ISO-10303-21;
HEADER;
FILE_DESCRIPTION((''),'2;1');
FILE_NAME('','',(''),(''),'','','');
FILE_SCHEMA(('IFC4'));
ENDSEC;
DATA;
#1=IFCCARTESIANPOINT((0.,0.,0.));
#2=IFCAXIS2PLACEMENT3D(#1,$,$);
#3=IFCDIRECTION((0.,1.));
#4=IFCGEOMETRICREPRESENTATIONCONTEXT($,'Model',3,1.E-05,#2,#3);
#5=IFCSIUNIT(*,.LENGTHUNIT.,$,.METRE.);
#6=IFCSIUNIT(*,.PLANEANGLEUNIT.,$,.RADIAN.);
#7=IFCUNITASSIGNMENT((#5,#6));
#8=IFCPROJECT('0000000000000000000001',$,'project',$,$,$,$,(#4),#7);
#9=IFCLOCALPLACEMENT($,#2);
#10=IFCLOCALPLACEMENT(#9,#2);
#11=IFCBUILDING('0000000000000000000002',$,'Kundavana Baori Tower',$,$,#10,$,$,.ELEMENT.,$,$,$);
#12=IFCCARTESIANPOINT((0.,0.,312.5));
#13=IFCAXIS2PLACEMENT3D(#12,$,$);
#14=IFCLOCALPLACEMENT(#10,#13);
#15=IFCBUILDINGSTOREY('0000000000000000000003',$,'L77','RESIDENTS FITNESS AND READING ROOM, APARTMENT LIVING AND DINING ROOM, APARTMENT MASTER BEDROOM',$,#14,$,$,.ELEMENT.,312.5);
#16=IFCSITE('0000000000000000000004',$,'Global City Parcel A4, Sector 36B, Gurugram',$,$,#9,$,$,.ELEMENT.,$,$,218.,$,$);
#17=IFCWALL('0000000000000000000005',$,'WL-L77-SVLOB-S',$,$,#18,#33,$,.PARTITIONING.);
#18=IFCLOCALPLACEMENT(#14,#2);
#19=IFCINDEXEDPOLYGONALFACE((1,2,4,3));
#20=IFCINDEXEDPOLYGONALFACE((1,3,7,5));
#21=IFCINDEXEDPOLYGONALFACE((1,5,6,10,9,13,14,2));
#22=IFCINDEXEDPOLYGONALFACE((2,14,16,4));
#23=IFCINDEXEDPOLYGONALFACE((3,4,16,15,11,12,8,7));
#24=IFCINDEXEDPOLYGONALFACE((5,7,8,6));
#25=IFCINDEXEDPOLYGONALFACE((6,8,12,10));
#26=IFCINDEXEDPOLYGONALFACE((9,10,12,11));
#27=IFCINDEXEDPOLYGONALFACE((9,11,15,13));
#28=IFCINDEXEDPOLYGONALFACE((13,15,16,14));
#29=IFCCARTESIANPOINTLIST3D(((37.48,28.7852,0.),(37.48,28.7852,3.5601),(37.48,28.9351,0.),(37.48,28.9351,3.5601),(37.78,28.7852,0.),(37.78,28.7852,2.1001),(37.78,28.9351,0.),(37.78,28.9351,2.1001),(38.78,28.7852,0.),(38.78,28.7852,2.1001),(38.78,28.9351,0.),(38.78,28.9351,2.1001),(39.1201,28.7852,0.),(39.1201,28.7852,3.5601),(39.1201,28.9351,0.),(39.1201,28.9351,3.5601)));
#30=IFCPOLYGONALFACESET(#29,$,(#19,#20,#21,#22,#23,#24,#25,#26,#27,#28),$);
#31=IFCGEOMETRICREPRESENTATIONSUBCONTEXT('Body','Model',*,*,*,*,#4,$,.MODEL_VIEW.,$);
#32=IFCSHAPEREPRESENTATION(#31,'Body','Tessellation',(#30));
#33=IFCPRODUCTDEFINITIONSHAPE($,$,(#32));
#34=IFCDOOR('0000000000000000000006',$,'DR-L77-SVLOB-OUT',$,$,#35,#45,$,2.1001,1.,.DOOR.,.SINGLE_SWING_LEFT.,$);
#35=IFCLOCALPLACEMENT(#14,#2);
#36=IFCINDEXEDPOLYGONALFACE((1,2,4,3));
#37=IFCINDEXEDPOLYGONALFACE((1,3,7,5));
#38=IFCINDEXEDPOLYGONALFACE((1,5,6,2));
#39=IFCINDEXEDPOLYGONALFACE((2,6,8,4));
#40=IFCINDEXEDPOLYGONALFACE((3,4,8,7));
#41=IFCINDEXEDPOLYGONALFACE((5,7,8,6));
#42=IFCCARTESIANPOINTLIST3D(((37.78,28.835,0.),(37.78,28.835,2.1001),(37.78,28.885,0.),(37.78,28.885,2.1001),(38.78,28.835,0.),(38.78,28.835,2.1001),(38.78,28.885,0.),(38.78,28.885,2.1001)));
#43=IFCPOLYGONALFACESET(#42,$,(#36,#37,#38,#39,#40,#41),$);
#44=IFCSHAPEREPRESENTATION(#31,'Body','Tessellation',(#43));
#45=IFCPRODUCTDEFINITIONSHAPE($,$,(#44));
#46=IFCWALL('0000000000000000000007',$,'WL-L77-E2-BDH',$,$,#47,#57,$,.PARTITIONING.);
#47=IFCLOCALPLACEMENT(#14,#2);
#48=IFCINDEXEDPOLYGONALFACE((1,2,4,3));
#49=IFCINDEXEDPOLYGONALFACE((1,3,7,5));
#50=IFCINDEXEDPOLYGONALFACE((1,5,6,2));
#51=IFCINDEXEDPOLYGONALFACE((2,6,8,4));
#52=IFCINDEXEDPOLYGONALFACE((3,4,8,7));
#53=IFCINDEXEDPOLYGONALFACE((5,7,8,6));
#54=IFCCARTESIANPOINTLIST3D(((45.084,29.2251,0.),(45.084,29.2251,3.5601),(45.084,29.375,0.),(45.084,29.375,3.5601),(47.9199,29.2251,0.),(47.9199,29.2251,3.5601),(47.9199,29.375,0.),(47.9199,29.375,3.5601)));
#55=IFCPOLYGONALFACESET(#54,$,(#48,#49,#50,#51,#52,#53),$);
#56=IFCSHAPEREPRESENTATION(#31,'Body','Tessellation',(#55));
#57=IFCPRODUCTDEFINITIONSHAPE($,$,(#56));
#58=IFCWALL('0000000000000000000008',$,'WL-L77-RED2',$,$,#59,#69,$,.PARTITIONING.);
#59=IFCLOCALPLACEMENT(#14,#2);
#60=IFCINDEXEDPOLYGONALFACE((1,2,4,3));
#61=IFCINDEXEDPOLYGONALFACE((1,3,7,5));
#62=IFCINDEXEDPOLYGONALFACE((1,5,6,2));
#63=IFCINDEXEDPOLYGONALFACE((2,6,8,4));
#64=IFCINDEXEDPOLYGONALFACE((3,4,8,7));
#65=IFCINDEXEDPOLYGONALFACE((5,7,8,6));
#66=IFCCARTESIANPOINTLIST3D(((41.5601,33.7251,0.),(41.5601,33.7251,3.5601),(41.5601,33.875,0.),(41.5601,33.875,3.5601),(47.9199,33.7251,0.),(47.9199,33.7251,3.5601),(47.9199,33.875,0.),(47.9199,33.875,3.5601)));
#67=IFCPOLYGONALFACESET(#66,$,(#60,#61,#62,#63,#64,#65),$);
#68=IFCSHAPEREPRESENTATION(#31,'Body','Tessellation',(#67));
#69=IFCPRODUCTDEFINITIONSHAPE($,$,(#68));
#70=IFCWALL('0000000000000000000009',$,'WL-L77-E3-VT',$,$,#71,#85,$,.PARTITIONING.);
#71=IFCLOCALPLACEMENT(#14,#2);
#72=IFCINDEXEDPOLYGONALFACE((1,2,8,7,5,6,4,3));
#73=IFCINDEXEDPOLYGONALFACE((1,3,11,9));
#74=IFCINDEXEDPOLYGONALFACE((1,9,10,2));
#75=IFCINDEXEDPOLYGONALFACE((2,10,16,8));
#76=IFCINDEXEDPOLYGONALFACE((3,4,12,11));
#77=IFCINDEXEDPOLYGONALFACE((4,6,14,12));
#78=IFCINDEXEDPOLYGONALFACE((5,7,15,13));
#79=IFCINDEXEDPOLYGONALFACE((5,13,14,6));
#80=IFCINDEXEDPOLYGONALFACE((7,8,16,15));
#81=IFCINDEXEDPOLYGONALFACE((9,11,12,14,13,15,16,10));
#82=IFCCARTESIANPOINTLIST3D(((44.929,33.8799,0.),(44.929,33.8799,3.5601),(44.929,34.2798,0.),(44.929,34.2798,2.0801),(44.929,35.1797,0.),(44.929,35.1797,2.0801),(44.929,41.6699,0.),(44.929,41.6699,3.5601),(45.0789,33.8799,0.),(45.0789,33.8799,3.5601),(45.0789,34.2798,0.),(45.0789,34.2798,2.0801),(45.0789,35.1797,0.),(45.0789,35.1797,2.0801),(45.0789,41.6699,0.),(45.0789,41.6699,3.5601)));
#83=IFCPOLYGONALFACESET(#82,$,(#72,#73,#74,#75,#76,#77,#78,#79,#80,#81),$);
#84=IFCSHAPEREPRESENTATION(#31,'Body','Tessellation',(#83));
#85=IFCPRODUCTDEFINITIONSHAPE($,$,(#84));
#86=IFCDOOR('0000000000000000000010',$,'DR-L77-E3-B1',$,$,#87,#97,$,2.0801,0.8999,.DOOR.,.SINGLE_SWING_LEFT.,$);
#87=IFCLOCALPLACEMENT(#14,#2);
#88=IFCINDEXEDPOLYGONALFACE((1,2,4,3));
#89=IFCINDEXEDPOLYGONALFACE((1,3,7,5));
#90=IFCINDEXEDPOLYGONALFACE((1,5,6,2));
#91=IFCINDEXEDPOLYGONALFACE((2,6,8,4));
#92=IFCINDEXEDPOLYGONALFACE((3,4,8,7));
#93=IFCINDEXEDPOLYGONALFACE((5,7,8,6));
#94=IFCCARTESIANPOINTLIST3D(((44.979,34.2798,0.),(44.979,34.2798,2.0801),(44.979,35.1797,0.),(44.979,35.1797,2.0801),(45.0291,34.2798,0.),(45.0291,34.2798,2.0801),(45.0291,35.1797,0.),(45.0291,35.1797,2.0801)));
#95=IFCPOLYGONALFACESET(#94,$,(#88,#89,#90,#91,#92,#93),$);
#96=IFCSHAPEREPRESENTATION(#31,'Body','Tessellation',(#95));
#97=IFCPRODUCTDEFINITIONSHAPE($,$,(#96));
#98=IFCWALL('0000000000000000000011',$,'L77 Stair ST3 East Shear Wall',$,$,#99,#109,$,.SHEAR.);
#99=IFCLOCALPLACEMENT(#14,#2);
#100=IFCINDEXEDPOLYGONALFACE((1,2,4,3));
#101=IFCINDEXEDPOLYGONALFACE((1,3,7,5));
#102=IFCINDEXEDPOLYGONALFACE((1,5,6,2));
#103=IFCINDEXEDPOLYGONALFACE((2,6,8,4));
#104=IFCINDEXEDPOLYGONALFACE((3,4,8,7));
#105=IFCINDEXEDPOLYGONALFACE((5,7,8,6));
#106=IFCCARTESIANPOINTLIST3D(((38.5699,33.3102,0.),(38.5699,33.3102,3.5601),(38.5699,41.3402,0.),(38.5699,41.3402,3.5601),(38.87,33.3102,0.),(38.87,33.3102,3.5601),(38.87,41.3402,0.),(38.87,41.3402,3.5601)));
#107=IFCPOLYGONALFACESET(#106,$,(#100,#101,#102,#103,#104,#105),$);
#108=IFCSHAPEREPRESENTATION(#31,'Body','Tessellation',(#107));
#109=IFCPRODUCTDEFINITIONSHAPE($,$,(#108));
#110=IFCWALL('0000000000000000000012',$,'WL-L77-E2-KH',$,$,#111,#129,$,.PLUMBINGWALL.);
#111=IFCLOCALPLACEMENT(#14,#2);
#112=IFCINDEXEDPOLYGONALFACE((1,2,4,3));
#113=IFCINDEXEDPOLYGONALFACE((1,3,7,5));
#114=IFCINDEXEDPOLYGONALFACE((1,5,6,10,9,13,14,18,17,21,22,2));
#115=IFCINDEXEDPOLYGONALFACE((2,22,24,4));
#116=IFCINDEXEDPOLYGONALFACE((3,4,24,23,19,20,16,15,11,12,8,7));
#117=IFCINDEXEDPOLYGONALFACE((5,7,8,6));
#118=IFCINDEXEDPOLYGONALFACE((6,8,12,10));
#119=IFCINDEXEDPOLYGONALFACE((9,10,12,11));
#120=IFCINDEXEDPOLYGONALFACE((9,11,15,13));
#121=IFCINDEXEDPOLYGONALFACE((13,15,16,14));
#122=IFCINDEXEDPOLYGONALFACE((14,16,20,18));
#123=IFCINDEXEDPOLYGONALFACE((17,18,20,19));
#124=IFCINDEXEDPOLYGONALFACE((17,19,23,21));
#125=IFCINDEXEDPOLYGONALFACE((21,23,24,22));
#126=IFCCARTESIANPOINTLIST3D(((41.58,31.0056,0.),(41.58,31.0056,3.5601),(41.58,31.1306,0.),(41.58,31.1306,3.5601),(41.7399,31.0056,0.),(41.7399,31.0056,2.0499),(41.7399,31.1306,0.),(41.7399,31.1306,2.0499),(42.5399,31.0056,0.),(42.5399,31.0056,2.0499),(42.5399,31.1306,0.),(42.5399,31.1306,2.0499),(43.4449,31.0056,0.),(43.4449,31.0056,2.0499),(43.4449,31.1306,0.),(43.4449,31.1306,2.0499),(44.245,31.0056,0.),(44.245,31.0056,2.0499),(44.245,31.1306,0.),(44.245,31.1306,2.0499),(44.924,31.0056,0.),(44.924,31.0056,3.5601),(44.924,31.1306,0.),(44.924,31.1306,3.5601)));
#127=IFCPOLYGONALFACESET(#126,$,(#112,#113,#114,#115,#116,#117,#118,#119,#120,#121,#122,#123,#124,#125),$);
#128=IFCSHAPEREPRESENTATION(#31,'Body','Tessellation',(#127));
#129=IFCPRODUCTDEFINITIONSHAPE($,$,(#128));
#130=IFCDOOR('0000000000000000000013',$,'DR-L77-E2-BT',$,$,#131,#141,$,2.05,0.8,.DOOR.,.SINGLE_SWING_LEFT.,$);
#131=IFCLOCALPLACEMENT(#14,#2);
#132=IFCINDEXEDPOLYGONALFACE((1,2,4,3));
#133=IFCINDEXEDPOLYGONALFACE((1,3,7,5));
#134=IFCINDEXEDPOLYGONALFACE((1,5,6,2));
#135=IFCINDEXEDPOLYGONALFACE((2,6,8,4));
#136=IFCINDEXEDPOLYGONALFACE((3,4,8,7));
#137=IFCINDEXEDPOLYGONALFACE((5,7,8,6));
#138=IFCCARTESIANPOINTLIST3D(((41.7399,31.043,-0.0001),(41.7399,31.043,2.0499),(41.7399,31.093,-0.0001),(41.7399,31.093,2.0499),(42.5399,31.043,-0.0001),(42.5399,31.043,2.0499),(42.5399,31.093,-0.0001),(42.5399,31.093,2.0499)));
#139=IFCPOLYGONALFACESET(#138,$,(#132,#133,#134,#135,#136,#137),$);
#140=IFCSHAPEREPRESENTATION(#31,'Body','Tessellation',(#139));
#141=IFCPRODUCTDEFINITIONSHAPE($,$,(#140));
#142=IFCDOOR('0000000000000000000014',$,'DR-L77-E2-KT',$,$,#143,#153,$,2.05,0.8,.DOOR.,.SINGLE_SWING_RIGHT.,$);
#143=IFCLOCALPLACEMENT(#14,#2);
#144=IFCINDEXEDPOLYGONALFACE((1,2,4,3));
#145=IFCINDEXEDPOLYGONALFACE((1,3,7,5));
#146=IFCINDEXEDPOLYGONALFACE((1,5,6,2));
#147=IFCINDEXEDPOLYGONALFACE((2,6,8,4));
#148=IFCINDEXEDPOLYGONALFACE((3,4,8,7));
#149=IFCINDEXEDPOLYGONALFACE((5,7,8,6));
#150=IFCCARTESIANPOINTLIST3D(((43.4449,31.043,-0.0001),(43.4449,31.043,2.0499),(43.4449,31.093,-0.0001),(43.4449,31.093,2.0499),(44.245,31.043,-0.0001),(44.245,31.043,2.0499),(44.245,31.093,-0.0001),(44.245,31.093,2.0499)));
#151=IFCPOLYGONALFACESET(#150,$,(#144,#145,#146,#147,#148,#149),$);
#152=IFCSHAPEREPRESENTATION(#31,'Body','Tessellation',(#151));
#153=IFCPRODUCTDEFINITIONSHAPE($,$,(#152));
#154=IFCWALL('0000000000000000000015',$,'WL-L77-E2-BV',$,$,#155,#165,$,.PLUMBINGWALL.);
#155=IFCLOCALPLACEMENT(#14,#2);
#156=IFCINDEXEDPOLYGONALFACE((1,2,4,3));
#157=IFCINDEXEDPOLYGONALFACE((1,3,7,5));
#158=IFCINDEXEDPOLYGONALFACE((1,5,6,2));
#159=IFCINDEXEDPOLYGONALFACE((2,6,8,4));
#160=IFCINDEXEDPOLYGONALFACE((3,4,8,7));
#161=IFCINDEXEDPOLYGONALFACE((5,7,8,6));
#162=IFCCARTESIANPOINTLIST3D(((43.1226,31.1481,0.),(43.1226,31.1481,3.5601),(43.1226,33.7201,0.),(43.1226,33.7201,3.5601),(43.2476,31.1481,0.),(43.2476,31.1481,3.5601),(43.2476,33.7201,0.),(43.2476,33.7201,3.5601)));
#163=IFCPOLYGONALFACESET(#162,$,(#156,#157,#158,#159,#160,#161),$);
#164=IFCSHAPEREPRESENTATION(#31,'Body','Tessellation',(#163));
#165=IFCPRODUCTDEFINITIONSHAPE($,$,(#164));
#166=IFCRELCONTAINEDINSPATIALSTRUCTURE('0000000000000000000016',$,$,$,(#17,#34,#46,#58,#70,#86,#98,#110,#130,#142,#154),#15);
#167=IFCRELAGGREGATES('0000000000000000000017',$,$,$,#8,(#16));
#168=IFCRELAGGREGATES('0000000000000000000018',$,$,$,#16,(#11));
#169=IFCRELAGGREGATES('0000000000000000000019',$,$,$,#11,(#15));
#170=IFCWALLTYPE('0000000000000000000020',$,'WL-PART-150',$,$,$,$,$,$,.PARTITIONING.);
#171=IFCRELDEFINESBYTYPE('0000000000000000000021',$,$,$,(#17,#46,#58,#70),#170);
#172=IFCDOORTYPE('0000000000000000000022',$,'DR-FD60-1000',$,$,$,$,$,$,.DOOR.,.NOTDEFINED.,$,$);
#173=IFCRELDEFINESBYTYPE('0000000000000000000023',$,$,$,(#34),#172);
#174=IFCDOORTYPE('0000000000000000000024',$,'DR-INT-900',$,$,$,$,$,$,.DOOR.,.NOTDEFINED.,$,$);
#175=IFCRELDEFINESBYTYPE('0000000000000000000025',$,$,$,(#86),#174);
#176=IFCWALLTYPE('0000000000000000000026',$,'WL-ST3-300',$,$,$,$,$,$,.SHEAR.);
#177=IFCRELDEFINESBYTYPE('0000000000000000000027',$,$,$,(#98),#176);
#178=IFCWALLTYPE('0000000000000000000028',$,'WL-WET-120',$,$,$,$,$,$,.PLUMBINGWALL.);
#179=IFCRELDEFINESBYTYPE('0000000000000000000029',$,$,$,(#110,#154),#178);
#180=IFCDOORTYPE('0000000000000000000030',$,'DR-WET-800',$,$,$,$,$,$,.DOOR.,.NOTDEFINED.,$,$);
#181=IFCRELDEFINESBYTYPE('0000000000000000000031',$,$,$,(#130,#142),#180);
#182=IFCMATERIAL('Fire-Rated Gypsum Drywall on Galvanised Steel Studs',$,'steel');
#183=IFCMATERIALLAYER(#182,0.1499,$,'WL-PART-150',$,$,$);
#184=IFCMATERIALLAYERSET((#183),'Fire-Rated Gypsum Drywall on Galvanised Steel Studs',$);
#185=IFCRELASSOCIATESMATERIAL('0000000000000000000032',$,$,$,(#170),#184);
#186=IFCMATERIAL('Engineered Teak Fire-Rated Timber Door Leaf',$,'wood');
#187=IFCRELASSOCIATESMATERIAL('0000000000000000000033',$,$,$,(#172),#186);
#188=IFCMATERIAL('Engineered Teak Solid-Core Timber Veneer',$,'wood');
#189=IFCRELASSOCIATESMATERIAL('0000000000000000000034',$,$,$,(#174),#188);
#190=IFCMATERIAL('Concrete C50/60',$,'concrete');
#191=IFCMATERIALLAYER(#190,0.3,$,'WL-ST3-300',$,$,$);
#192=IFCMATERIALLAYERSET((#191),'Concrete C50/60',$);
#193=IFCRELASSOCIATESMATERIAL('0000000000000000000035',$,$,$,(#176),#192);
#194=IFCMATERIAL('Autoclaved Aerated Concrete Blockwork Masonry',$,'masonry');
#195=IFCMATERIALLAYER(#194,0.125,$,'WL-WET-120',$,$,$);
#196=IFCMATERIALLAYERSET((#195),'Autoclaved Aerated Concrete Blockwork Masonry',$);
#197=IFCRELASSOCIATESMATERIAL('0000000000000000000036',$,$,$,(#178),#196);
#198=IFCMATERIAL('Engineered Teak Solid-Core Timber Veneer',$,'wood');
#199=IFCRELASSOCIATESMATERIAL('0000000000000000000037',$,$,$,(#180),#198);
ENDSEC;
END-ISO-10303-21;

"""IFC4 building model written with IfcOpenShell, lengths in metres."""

from ifc_helpers import new_model, si_unit, direction, frame, frame_2d, origin, place, context, subcontext, project, spatial, rectangle, extrude, material, layer, layer_set, type_object, element, fill, save


model = new_model("IFC4")

# Units and contexts
model_context = context("Model", 3, precision=1e-05, world=origin(), true_north=direction((0.0, 1.0)))
body_context = subcontext(model_context, "Body", "Model", "MODEL_VIEW")
ifc_project = project(units=[si_unit("LENGTHUNIT", "METRE"), si_unit("PLANEANGLEUNIT", "RADIAN")], contexts=[model_context])

# Site, building, storey
site_placement = place(None, origin())
site = spatial("IfcSite", under=ifc_project, at=site_placement, Name="Global City Parcel A4, Sector 36B, Gurugram", CompositionType="ELEMENT", RefElevation=218.0)
building_placement = place(site_placement, origin())
building = spatial("IfcBuilding", under=site, at=building_placement, Name="Kundavana Baori Tower", CompositionType="ELEMENT")
storey_placement = place(building_placement, frame((0.0, 0.0, 312.5)))
storey = spatial("IfcBuildingStorey", under=building, at=storey_placement, Name="L77", Description="RESIDENTS FITNESS AND READING ROOM, APARTMENT LIVING AND DINING ROOM, APARTMENT MASTER BEDROOM", CompositionType="ELEMENT", Elevation=312.5)

# Shared definitions
ifc_material_1 = material(Name="Fire-Rated Gypsum Drywall on Galvanised Steel Studs", Category="steel")
ifc_layer_1 = layer(ifc_material_1, 0.1499, Name="WL-PART-150")
ifc_layer_set_1 = layer_set([ifc_layer_1], Name="Fire-Rated Gypsum Drywall on Galvanised Steel Studs")
wall_type_1 = type_object("IfcWallType", Name="WL-PART-150", PredefinedType="PARTITIONING", material=ifc_layer_set_1)

# Wall, opening, door
wall_1_placement = place(storey_placement, frame((37.48, 28.8601, 0.0), z_axis=(0.0, 0.0, 1.0), x_axis=(1.0, 0.0, 0.0)))
wall_1 = element("IfcWall", 1, at=wall_1_placement, inside=storey, type_object=wall_type_1, Name="WL-L77-SVLOB-S", PredefinedType="PARTITIONING", context=body_context, shape_type="SweptSolid", body=[
    extrude(rectangle(XDim=1.6401, YDim=0.1499, at=frame_2d((0.8201, 0.0))), origin(), (0.0, 0.0, 1.0), 3.5601),
])
opening_1_placement = place(wall_1_placement, frame((0.3, 0.0, 0.0)))
opening_1 = element("IfcOpeningElement", 2, at=opening_1_placement, cuts=wall_1, PredefinedType="OPENING", context=body_context, shape_type="SweptSolid", body=[
    extrude(rectangle(XDim=1.0, YDim=2.1001, at=frame_2d((0.5, 1.05))), frame((0.0, 0.085, 0.0), z_axis=(0.0, -1.0, 0.0), x_axis=(1.0, 0.0, 0.0)), (0.0, 0.0, 1.0), 0.1699),
])
ifc_material_2 = material(Name="Engineered Teak Fire-Rated Timber Door Leaf", Category="wood")
door_type_1 = type_object("IfcDoorType", Name="DR-FD60-1000", OperationType="NOTDEFINED", PredefinedType="DOOR", material=ifc_material_2)
door_1_placement = place(opening_1_placement, origin())
door_1 = element("IfcDoor", 3, at=door_1_placement, inside=storey, type_object=door_type_1, Name="DR-L77-SVLOB-OUT", OperationType="SINGLE_SWING_LEFT", OverallHeight=2.1001, OverallWidth=1.0, PredefinedType="DOOR", context=body_context, shape_type="SweptSolid", body=[
    extrude(rectangle(XDim=1.0, YDim=2.1001, at=frame_2d((0.5, 1.05))), frame((0.0, 0.0249, 0.0), z_axis=(0.0, -1.0, 0.0), x_axis=(1.0, 0.0, 0.0)), (0.0, 0.0, 1.0), 0.05),
])
fill(opening_1, door_1)

# Walls
wall_2_placement = place(storey_placement, frame((45.084, 29.3, 0.0), z_axis=(0.0, 0.0, 1.0), x_axis=(1.0, 0.0, 0.0)))
element("IfcWall", 4, at=wall_2_placement, inside=storey, type_object=wall_type_1, Name="WL-L77-E2-BDH", PredefinedType="PARTITIONING", context=body_context, shape_type="SweptSolid", body=[
    extrude(rectangle(XDim=2.8359, YDim=0.1499, at=frame_2d((1.418, 0.0))), origin(), (0.0, 0.0, 1.0), 3.5601),
])
wall_3_placement = place(storey_placement, frame((41.5601, 33.8, 0.0), z_axis=(0.0, 0.0, 1.0), x_axis=(1.0, 0.0, 0.0)))
element("IfcWall", 5, at=wall_3_placement, inside=storey, type_object=wall_type_1, Name="WL-L77-RED2", PredefinedType="PARTITIONING", context=body_context, shape_type="SweptSolid", body=[
    extrude(rectangle(XDim=6.3599, YDim=0.1499, at=frame_2d((3.1799, 0.0))), origin(), (0.0, 0.0, 1.0), 3.5601),
])

# Wall, opening, door
wall_4_placement = place(storey_placement, frame((45.0039, 33.8799, 0.0), z_axis=(0.0, 0.0, 1.0), x_axis=(0.0, 1.0, 0.0)))
wall_4 = element("IfcWall", 6, at=wall_4_placement, inside=storey, type_object=wall_type_1, Name="WL-L77-E3-VT", PredefinedType="PARTITIONING", context=body_context, shape_type="SweptSolid", body=[
    extrude(rectangle(XDim=7.79, YDim=0.1499, at=frame_2d((3.895, 0.0))), origin(), (0.0, 0.0, 1.0), 3.5601),
])
opening_2_placement = place(wall_4_placement, frame((0.3999, 0.0, 0.0)))
opening_2 = element("IfcOpeningElement", 7, at=opening_2_placement, cuts=wall_4, PredefinedType="OPENING", context=body_context, shape_type="SweptSolid", body=[
    extrude(rectangle(XDim=0.8999, YDim=2.0801, at=frame_2d((0.45, 1.04))), frame((0.0, 0.085, 0.0), z_axis=(0.0, -1.0, 0.0), x_axis=(1.0, 0.0, 0.0)), (0.0, 0.0, 1.0), 0.1699),
])
ifc_material_3 = material(Name="Engineered Teak Solid-Core Timber Veneer", Category="wood")
door_type_2 = type_object("IfcDoorType", Name="DR-INT-900", OperationType="NOTDEFINED", PredefinedType="DOOR", material=ifc_material_3)
door_2_placement = place(opening_2_placement, origin())
door_2 = element("IfcDoor", 8, at=door_2_placement, inside=storey, type_object=door_type_2, Name="DR-L77-E3-B1", OperationType="SINGLE_SWING_LEFT", OverallHeight=2.0801, OverallWidth=0.8999, PredefinedType="DOOR", context=body_context, shape_type="SweptSolid", body=[
    extrude(rectangle(XDim=0.8999, YDim=2.0801, at=frame_2d((0.45, 1.04))), frame((0.0, 0.0249, 0.0), z_axis=(0.0, -1.0, 0.0), x_axis=(1.0, 0.0, 0.0)), (0.0, 0.0, 1.0), 0.05),
])
fill(opening_2, door_2)

# Wall
ifc_material_4 = material(Name="Concrete C50/60", Category="concrete")
ifc_layer_2 = layer(ifc_material_4, 0.3, Name="WL-ST3-300")
ifc_layer_set_2 = layer_set([ifc_layer_2], Name="Concrete C50/60")
wall_type_2 = type_object("IfcWallType", Name="WL-ST3-300", PredefinedType="SHEAR", material=ifc_layer_set_2)
wall_5_placement = place(storey_placement, frame((38.72, 33.3101, 0.0), z_axis=(0.0, 0.0, 1.0), x_axis=(0.0, 1.0, 0.0)))
element("IfcWall", 9, at=wall_5_placement, inside=storey, type_object=wall_type_2, Name="L77 Stair ST3 East Shear Wall", PredefinedType="SHEAR", context=body_context, shape_type="SweptSolid", body=[
    extrude(rectangle(XDim=8.03, YDim=0.3, at=frame_2d((4.0151, 0.0))), origin(), (0.0, 0.0, 1.0), 3.5601),
])

# Wall, openings, doors
ifc_material_5 = material(Name="Autoclaved Aerated Concrete Blockwork Masonry", Category="masonry")
ifc_layer_3 = layer(ifc_material_5, 0.125, Name="WL-WET-120")
ifc_layer_set_3 = layer_set([ifc_layer_3], Name="Autoclaved Aerated Concrete Blockwork Masonry")
wall_type_3 = type_object("IfcWallType", Name="WL-WET-120", PredefinedType="PLUMBINGWALL", material=ifc_layer_set_3)
wall_6_placement = place(storey_placement, frame((41.5801, 31.0681, 0.0), z_axis=(0.0, 0.0, 1.0), x_axis=(1.0, 0.0, 0.0)))
wall_6 = element("IfcWall", 10, at=wall_6_placement, inside=storey, type_object=wall_type_3, Name="WL-L77-E2-KH", PredefinedType="PLUMBINGWALL", context=body_context, shape_type="SweptSolid", body=[
    extrude(rectangle(XDim=3.344, YDim=0.125, at=frame_2d((1.6719, 0.0))), origin(), (0.0, 0.0, 1.0), 3.5601),
])
opening_3_placement = place(wall_6_placement, frame((0.1599, 0.0, 0.0)))
opening_3 = element("IfcOpeningElement", 11, at=opening_3_placement, cuts=wall_6, PredefinedType="OPENING", context=body_context, shape_type="SweptSolid", body=[
    extrude(rectangle(XDim=0.8, YDim=2.05, at=frame_2d((0.3999, 1.0249))), frame((0.0, 0.0725, 0.0), z_axis=(0.0, -1.0, 0.0), x_axis=(1.0, 0.0, 0.0)), (0.0, 0.0, 1.0), 0.145),
])
opening_4_placement = place(wall_6_placement, frame((1.865, 0.0, 0.0)))
opening_4 = element("IfcOpeningElement", 12, at=opening_4_placement, cuts=wall_6, PredefinedType="OPENING", context=body_context, shape_type="SweptSolid", body=[
    extrude(rectangle(XDim=0.8, YDim=2.05, at=frame_2d((0.3999, 1.0249))), frame((0.0, 0.0725, 0.0), z_axis=(0.0, -1.0, 0.0), x_axis=(1.0, 0.0, 0.0)), (0.0, 0.0, 1.0), 0.145),
])
ifc_material_6 = material(Name="Engineered Teak Solid-Core Timber Veneer", Category="wood")
door_type_3 = type_object("IfcDoorType", Name="DR-WET-800", OperationType="NOTDEFINED", PredefinedType="DOOR", material=ifc_material_6)
door_3_placement = place(opening_3_placement, origin())
door_3 = element("IfcDoor", 13, at=door_3_placement, inside=storey, type_object=door_type_3, Name="DR-L77-E2-BT", OperationType="SINGLE_SWING_LEFT", OverallHeight=2.05, OverallWidth=0.8, PredefinedType="DOOR", context=body_context, shape_type="SweptSolid", body=[
    extrude(rectangle(XDim=0.8, YDim=2.05, at=frame_2d((0.3999, 1.0249))), frame((0.0, 0.0249, 0.0), z_axis=(0.0, -1.0, 0.0), x_axis=(1.0, 0.0, 0.0)), (0.0, 0.0, 1.0), 0.05),
])
fill(opening_3, door_3)
door_4_placement = place(opening_4_placement, origin())
door_4 = element("IfcDoor", 14, at=door_4_placement, inside=storey, type_object=door_type_3, Name="DR-L77-E2-KT", OperationType="SINGLE_SWING_RIGHT", OverallHeight=2.05, OverallWidth=0.8, PredefinedType="DOOR", context=body_context, shape_type="SweptSolid", body=[
    extrude(rectangle(XDim=0.8, YDim=2.05, at=frame_2d((0.3999, 1.0249))), frame((0.0, 0.0249, 0.0), z_axis=(0.0, -1.0, 0.0), x_axis=(1.0, 0.0, 0.0)), (0.0, 0.0, 1.0), 0.05),
])
fill(opening_4, door_4)

# Wall
wall_7_placement = place(storey_placement, frame((43.1851, 31.1479, 0.0), z_axis=(0.0, 0.0, 1.0), x_axis=(0.0, 1.0, 0.0)))
element("IfcWall", 15, at=wall_7_placement, inside=storey, type_object=wall_type_3, Name="WL-L77-E2-BV", PredefinedType="PLUMBINGWALL", context=body_context, shape_type="SweptSolid", body=[
    extrude(rectangle(XDim=2.572, YDim=0.125, at=frame_2d((1.2861, 0.0))), origin(), (0.0, 0.0, 1.0), 3.5601),
])

save(model, "model.ifc")
